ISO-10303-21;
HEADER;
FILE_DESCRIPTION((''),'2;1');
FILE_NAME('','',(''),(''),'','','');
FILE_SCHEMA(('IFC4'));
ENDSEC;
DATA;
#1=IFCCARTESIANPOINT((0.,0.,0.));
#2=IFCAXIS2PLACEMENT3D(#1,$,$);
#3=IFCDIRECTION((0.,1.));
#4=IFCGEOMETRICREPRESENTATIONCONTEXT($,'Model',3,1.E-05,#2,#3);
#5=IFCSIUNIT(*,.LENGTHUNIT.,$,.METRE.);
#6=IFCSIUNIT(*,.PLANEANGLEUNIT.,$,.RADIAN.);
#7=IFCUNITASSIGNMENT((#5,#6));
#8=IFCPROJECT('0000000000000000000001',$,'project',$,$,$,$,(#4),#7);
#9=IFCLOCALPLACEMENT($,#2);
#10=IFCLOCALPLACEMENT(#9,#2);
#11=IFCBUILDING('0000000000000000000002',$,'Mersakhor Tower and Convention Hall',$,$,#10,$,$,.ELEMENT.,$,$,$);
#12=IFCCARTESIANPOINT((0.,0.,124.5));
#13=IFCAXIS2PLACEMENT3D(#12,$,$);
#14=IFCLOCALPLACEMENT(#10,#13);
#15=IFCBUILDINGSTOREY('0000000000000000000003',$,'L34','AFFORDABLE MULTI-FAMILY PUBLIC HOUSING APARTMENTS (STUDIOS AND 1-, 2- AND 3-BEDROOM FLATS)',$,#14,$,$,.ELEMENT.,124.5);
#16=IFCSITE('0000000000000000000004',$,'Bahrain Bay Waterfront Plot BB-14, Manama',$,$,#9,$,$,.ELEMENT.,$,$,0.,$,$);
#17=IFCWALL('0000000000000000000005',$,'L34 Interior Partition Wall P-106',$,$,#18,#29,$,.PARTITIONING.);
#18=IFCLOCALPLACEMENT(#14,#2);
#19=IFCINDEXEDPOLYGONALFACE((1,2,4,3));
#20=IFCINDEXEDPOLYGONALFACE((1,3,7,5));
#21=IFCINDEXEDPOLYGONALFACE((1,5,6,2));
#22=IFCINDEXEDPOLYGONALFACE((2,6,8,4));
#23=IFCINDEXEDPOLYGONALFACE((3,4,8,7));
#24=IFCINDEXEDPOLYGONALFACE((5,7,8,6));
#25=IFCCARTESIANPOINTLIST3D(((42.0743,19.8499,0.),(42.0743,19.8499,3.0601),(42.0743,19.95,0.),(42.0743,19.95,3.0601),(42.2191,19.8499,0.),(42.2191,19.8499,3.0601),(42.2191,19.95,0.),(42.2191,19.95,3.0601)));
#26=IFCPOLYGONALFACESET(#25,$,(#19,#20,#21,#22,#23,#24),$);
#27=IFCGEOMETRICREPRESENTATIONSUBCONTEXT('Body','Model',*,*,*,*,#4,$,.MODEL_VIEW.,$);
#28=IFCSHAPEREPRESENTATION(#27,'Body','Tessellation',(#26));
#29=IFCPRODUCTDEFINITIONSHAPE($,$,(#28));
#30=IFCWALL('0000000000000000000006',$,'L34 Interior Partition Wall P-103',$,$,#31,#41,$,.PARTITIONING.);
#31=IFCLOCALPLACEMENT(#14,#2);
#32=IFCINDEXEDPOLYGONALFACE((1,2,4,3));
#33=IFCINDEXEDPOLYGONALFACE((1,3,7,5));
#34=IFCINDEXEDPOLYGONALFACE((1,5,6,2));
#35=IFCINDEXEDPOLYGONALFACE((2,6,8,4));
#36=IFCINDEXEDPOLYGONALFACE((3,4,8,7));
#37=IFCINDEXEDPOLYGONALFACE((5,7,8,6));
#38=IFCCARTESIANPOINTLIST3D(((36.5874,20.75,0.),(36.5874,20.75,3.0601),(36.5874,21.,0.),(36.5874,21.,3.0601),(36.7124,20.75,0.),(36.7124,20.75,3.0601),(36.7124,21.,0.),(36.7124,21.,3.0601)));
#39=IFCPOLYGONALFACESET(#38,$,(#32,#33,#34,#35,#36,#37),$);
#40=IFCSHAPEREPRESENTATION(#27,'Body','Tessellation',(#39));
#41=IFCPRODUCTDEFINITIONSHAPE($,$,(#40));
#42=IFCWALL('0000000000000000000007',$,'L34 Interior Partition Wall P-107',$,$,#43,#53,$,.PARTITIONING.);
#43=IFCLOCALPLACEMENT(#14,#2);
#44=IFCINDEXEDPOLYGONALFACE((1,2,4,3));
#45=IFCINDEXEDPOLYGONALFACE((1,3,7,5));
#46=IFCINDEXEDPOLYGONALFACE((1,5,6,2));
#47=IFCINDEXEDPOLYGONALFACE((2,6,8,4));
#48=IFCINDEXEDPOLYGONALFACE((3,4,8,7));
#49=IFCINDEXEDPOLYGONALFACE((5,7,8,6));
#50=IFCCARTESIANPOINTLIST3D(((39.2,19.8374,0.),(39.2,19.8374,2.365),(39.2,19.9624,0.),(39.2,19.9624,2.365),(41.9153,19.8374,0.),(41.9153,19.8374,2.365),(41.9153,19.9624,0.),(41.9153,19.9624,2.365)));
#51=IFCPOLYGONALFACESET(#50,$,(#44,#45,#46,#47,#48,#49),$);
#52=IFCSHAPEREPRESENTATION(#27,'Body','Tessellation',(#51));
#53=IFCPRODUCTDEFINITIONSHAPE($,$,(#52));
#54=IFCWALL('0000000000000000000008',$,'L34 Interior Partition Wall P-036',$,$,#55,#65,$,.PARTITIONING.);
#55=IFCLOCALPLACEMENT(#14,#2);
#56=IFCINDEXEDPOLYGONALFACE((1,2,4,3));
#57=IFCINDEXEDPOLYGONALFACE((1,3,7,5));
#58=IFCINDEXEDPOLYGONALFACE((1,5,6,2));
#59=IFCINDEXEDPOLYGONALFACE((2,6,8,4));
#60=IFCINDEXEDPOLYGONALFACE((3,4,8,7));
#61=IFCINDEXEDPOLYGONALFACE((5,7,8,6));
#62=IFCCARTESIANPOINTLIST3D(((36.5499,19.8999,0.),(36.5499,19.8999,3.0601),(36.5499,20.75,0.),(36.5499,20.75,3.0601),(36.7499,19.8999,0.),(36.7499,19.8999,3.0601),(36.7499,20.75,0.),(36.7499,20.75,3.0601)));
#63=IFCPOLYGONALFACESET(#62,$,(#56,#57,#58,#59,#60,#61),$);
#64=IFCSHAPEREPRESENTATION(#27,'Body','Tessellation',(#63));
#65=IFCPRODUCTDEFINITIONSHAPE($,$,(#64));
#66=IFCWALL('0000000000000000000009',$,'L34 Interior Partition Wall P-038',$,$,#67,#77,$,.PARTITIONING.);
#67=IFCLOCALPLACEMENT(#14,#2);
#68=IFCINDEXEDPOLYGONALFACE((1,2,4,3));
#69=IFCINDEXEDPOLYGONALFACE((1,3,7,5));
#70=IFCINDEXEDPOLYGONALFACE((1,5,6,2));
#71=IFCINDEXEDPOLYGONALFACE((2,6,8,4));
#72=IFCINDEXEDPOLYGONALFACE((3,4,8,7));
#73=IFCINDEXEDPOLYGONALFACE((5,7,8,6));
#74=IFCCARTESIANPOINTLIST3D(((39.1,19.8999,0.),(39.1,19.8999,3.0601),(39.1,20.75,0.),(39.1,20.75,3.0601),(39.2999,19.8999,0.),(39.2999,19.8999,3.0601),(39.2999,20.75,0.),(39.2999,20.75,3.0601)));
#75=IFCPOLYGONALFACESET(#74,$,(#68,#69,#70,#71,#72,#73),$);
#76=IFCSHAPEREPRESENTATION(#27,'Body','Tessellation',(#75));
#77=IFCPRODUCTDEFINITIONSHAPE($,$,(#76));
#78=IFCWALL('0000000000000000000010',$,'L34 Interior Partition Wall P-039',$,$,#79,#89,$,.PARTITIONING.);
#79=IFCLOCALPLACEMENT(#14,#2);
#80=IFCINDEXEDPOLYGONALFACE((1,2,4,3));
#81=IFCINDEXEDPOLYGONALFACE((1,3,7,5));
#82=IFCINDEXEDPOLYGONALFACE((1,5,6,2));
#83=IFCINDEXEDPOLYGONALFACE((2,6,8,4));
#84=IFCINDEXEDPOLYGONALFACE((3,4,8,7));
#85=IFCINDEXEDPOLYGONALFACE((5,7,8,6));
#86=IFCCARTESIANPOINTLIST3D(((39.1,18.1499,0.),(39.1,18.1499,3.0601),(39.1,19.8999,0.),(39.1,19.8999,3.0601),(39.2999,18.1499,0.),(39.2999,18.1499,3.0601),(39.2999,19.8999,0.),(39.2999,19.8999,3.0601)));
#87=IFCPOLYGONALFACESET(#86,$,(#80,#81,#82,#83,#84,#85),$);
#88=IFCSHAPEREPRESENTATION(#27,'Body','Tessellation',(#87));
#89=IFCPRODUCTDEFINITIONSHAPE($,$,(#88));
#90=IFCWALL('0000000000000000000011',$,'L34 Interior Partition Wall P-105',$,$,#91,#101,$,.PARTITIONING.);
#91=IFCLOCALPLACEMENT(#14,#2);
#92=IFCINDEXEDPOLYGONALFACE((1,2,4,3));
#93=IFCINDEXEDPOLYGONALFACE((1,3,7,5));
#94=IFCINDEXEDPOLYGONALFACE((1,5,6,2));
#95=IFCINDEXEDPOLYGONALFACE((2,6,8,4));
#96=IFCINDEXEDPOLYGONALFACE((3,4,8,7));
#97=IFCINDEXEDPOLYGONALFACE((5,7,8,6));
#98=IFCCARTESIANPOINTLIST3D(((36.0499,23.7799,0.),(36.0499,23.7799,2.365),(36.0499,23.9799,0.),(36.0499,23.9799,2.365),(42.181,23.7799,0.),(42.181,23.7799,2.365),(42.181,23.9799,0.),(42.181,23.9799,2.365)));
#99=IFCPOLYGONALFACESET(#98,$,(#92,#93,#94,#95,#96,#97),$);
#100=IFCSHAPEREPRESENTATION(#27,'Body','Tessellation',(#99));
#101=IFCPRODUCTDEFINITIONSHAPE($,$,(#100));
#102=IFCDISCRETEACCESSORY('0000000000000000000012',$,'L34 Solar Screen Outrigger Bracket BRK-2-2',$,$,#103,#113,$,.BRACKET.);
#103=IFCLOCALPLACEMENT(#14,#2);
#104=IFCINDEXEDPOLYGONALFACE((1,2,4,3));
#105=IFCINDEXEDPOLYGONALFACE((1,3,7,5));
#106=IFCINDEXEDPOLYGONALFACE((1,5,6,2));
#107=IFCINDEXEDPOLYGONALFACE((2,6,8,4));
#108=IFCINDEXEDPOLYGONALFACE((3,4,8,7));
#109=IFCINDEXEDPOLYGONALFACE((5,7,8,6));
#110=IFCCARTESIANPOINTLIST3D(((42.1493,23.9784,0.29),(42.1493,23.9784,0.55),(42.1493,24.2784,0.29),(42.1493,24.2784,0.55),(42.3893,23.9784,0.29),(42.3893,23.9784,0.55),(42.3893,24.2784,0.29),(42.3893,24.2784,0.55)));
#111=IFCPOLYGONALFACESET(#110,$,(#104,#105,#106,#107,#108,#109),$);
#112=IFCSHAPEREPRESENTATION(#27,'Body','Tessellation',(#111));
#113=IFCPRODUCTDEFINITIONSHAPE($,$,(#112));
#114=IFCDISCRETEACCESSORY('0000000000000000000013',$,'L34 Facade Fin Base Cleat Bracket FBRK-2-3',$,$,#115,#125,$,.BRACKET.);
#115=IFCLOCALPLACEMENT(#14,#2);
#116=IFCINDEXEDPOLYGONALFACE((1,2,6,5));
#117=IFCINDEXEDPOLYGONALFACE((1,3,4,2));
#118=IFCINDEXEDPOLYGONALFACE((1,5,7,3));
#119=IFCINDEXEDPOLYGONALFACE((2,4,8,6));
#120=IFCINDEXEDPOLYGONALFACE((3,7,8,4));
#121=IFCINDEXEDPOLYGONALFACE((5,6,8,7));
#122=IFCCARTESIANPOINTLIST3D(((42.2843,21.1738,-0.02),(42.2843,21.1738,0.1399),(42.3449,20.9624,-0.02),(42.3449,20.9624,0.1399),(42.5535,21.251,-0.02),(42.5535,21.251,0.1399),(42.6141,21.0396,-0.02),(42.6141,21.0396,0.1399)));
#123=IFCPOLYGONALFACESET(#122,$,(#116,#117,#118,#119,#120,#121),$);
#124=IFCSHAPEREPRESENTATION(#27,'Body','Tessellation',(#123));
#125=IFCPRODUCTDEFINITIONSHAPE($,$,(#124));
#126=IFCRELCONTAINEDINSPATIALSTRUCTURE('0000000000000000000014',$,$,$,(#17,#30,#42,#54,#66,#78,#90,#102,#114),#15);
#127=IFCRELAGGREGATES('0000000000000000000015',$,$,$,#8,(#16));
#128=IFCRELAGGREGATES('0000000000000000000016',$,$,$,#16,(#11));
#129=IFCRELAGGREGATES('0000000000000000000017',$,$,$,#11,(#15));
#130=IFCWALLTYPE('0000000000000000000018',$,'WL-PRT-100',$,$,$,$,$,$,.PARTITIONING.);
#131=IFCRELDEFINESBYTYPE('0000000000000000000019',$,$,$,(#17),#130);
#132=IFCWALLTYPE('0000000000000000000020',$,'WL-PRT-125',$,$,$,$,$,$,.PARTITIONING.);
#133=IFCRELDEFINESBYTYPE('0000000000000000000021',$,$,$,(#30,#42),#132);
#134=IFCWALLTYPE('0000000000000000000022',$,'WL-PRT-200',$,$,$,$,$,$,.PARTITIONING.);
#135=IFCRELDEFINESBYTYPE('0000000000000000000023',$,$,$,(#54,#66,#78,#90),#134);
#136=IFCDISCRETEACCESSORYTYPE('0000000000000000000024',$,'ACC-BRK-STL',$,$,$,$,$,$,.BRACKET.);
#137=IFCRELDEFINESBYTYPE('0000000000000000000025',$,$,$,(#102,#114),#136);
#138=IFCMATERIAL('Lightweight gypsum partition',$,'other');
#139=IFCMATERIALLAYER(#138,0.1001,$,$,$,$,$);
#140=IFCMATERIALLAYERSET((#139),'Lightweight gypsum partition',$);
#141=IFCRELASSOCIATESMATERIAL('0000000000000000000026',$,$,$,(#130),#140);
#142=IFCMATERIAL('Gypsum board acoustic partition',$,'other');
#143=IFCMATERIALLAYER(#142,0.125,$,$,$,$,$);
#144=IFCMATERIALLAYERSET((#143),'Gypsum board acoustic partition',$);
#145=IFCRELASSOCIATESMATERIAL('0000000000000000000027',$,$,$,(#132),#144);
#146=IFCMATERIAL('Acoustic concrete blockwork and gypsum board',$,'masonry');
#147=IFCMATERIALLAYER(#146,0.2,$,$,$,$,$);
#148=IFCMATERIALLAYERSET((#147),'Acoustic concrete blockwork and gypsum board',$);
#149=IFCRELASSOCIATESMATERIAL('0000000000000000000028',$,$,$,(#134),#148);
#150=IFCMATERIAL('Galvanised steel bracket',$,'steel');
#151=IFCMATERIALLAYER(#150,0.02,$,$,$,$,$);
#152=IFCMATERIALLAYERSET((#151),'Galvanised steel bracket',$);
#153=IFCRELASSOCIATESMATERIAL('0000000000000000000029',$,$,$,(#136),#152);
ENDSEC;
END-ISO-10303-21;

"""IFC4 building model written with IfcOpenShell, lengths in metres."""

from ifc_helpers import new_model, si_unit, direction, frame, frame_2d, origin, origin_2d, place, context, subcontext, project, spatial, rectangle, extrude, material, layer, layer_set, type_object, element, save


model = new_model("IFC4")

# Units and contexts
model_context = context("Model", 3, precision=1e-05, world=origin(), true_north=direction((0.0, 1.0)))
body_context = subcontext(model_context, "Body", "Model", "MODEL_VIEW")
ifc_project = project(units=[si_unit("LENGTHUNIT", "METRE"), si_unit("PLANEANGLEUNIT", "RADIAN")], contexts=[model_context])

# Site, building, storey
site_placement = place(None, origin())
site = spatial("IfcSite", under=ifc_project, at=site_placement, Name="Bahrain Bay Waterfront Plot BB-14, Manama", CompositionType="ELEMENT", RefElevation=0.0)
building_placement = place(site_placement, origin())
building = spatial("IfcBuilding", under=site, at=building_placement, Name="Mersakhor Tower and Convention Hall", CompositionType="ELEMENT")
storey_placement = place(building_placement, frame((0.0, 0.0, 124.5)))
storey = spatial("IfcBuildingStorey", under=building, at=storey_placement, Name="L34", Description="AFFORDABLE MULTI-FAMILY PUBLIC HOUSING APARTMENTS (STUDIOS AND 1-, 2- AND 3-BEDROOM FLATS)", CompositionType="ELEMENT", Elevation=124.5)

# Walls
ifc_material_1 = material(Name="Lightweight gypsum partition", Category="other")
ifc_layer_1 = layer(ifc_material_1, 0.1001)
ifc_layer_set_1 = layer_set([ifc_layer_1], Name="Lightweight gypsum partition")
wall_type_1 = type_object("IfcWallType", Name="WL-PRT-100", PredefinedType="PARTITIONING", material=ifc_layer_set_1)
wall_1_placement = place(storey_placement, frame((42.219, 19.8999, 0.0), z_axis=(0.0, 0.0, 1.0), x_axis=(-1.0, 0.0, 0.0)))
element("IfcWall", 1, at=wall_1_placement, inside=storey, type_object=wall_type_1, Name="L34 Interior Partition Wall P-106", PredefinedType="PARTITIONING", context=body_context, shape_type="SweptSolid", body=[
    extrude(rectangle(XDim=0.1448, YDim=0.1001, at=frame_2d((0.0723, 0.0))), origin(), (0.0, 0.0, 1.0), 3.0601),
])
ifc_material_2 = material(Name="Gypsum board acoustic partition", Category="other")
ifc_layer_2 = layer(ifc_material_2, 0.125)
ifc_layer_set_2 = layer_set([ifc_layer_2], Name="Gypsum board acoustic partition")
wall_type_2 = type_object("IfcWallType", Name="WL-PRT-125", PredefinedType="PARTITIONING", material=ifc_layer_set_2)
wall_2_placement = place(storey_placement, frame((36.6499, 20.75, 0.0), z_axis=(0.0, 0.0, 1.0), x_axis=(0.0, 1.0, 0.0)))
element("IfcWall", 2, at=wall_2_placement, inside=storey, type_object=wall_type_2, Name="L34 Interior Partition Wall P-103", PredefinedType="PARTITIONING", context=body_context, shape_type="SweptSolid", body=[
    extrude(rectangle(XDim=0.25, YDim=0.125, at=frame_2d((0.125, 0.0))), origin(), (0.0, 0.0, 1.0), 3.0601),
])
wall_3_placement = place(storey_placement, frame((41.9153, 19.8999, 0.0), z_axis=(0.0, 0.0, 1.0), x_axis=(-1.0, 0.0, 0.0)))
element("IfcWall", 3, at=wall_3_placement, inside=storey, type_object=wall_type_2, Name="L34 Interior Partition Wall P-107", PredefinedType="PARTITIONING", context=body_context, shape_type="SweptSolid", body=[
    extrude(rectangle(XDim=2.7153, YDim=0.125, at=frame_2d((1.3577, 0.0))), origin(), (0.0, 0.0, 1.0), 2.365),
])
ifc_material_3 = material(Name="Acoustic concrete blockwork and gypsum board", Category="masonry")
ifc_layer_3 = layer(ifc_material_3, 0.2)
ifc_layer_set_3 = layer_set([ifc_layer_3], Name="Acoustic concrete blockwork and gypsum board")
wall_type_3 = type_object("IfcWallType", Name="WL-PRT-200", PredefinedType="PARTITIONING", material=ifc_layer_set_3)
wall_4_placement = place(storey_placement, frame((36.6499, 19.8999, 0.0), z_axis=(0.0, 0.0, 1.0), x_axis=(0.0, 1.0, 0.0)))
element("IfcWall", 4, at=wall_4_placement, inside=storey, type_object=wall_type_3, Name="L34 Interior Partition Wall P-036", PredefinedType="PARTITIONING", context=body_context, shape_type="SweptSolid", body=[
    extrude(rectangle(XDim=0.8501, YDim=0.2, at=frame_2d((0.425, 0.0))), origin(), (0.0, 0.0, 1.0), 3.0601),
])

# Walls
wall_5_placement = place(storey_placement, frame((39.2, 20.75, 0.0), z_axis=(0.0, 0.0, 1.0), x_axis=(0.0, -1.0, 0.0)))
element("IfcWall", 5, at=wall_5_placement, inside=storey, type_object=wall_type_3, Name="L34 Interior Partition Wall P-038", PredefinedType="PARTITIONING", context=body_context, shape_type="SweptSolid", body=[
    extrude(rectangle(XDim=0.8501, YDim=0.2, at=frame_2d((0.425, 0.0))), origin(), (0.0, 0.0, 1.0), 3.0601),
])
wall_6_placement = place(storey_placement, frame((39.2, 19.8999, 0.0), z_axis=(0.0, 0.0, 1.0), x_axis=(0.0, -1.0, 0.0)))
element("IfcWall", 6, at=wall_6_placement, inside=storey, type_object=wall_type_3, Name="L34 Interior Partition Wall P-039", PredefinedType="PARTITIONING", context=body_context, shape_type="SweptSolid", body=[
    extrude(rectangle(XDim=1.75, YDim=0.2, at=frame_2d((0.875, 0.0))), origin(), (0.0, 0.0, 1.0), 3.0601),
])
wall_7_placement = place(storey_placement, frame((36.05, 23.8799, 0.0), z_axis=(0.0, 0.0, 1.0), x_axis=(1.0, 0.0, 0.0)))
element("IfcWall", 7, at=wall_7_placement, inside=storey, type_object=wall_type_3, Name="L34 Interior Partition Wall P-105", PredefinedType="PARTITIONING", context=body_context, shape_type="SweptSolid", body=[
    extrude(rectangle(XDim=6.1311, YDim=0.2, at=frame_2d((3.0654, 0.0))), origin(), (0.0, 0.0, 1.0), 2.365),
])

# Discrete accessories
ifc_material_4 = material(Name="Galvanised steel bracket", Category="steel")
ifc_layer_4 = layer(ifc_material_4, 0.02)
ifc_layer_set_4 = layer_set([ifc_layer_4], Name="Galvanised steel bracket")
discrete_accessory_type = type_object("IfcDiscreteAccessoryType", Name="ACC-BRK-STL", PredefinedType="BRACKET", material=ifc_layer_set_4)
discrete_accessory_1_placement = place(storey_placement, frame((42.2693, 24.1284, 0.29), z_axis=(0.0, 0.0, 1.0), x_axis=(0.0, -1.0, 0.0)))
element("IfcDiscreteAccessory", 8, at=discrete_accessory_1_placement, inside=storey, type_object=discrete_accessory_type, Name="L34 Solar Screen Outrigger Bracket BRK-2-2", PredefinedType="BRACKET", context=body_context, shape_type="SweptSolid", body=[
    extrude(rectangle(XDim=0.3, YDim=0.24, at=origin_2d()), origin(), (0.0, 0.0, 1.0), 0.26),
])
discrete_accessory_2_placement = place(storey_placement, frame((42.4492, 21.1067, -0.02), z_axis=(0.0, 0.0, 1.0), x_axis=(0.961262, 0.275637, 0.0)))
element("IfcDiscreteAccessory", 9, at=discrete_accessory_2_placement, inside=storey, type_object=discrete_accessory_type, Name="L34 Facade Fin Base Cleat Bracket FBRK-2-3", PredefinedType="BRACKET", context=body_context, shape_type="SweptSolid", body=[
    extrude(rectangle(XDim=0.28, YDim=0.22, at=origin_2d()), origin(), (0.0, 0.0, 1.0), 0.1599),
])

save(model, "model.ifc")
